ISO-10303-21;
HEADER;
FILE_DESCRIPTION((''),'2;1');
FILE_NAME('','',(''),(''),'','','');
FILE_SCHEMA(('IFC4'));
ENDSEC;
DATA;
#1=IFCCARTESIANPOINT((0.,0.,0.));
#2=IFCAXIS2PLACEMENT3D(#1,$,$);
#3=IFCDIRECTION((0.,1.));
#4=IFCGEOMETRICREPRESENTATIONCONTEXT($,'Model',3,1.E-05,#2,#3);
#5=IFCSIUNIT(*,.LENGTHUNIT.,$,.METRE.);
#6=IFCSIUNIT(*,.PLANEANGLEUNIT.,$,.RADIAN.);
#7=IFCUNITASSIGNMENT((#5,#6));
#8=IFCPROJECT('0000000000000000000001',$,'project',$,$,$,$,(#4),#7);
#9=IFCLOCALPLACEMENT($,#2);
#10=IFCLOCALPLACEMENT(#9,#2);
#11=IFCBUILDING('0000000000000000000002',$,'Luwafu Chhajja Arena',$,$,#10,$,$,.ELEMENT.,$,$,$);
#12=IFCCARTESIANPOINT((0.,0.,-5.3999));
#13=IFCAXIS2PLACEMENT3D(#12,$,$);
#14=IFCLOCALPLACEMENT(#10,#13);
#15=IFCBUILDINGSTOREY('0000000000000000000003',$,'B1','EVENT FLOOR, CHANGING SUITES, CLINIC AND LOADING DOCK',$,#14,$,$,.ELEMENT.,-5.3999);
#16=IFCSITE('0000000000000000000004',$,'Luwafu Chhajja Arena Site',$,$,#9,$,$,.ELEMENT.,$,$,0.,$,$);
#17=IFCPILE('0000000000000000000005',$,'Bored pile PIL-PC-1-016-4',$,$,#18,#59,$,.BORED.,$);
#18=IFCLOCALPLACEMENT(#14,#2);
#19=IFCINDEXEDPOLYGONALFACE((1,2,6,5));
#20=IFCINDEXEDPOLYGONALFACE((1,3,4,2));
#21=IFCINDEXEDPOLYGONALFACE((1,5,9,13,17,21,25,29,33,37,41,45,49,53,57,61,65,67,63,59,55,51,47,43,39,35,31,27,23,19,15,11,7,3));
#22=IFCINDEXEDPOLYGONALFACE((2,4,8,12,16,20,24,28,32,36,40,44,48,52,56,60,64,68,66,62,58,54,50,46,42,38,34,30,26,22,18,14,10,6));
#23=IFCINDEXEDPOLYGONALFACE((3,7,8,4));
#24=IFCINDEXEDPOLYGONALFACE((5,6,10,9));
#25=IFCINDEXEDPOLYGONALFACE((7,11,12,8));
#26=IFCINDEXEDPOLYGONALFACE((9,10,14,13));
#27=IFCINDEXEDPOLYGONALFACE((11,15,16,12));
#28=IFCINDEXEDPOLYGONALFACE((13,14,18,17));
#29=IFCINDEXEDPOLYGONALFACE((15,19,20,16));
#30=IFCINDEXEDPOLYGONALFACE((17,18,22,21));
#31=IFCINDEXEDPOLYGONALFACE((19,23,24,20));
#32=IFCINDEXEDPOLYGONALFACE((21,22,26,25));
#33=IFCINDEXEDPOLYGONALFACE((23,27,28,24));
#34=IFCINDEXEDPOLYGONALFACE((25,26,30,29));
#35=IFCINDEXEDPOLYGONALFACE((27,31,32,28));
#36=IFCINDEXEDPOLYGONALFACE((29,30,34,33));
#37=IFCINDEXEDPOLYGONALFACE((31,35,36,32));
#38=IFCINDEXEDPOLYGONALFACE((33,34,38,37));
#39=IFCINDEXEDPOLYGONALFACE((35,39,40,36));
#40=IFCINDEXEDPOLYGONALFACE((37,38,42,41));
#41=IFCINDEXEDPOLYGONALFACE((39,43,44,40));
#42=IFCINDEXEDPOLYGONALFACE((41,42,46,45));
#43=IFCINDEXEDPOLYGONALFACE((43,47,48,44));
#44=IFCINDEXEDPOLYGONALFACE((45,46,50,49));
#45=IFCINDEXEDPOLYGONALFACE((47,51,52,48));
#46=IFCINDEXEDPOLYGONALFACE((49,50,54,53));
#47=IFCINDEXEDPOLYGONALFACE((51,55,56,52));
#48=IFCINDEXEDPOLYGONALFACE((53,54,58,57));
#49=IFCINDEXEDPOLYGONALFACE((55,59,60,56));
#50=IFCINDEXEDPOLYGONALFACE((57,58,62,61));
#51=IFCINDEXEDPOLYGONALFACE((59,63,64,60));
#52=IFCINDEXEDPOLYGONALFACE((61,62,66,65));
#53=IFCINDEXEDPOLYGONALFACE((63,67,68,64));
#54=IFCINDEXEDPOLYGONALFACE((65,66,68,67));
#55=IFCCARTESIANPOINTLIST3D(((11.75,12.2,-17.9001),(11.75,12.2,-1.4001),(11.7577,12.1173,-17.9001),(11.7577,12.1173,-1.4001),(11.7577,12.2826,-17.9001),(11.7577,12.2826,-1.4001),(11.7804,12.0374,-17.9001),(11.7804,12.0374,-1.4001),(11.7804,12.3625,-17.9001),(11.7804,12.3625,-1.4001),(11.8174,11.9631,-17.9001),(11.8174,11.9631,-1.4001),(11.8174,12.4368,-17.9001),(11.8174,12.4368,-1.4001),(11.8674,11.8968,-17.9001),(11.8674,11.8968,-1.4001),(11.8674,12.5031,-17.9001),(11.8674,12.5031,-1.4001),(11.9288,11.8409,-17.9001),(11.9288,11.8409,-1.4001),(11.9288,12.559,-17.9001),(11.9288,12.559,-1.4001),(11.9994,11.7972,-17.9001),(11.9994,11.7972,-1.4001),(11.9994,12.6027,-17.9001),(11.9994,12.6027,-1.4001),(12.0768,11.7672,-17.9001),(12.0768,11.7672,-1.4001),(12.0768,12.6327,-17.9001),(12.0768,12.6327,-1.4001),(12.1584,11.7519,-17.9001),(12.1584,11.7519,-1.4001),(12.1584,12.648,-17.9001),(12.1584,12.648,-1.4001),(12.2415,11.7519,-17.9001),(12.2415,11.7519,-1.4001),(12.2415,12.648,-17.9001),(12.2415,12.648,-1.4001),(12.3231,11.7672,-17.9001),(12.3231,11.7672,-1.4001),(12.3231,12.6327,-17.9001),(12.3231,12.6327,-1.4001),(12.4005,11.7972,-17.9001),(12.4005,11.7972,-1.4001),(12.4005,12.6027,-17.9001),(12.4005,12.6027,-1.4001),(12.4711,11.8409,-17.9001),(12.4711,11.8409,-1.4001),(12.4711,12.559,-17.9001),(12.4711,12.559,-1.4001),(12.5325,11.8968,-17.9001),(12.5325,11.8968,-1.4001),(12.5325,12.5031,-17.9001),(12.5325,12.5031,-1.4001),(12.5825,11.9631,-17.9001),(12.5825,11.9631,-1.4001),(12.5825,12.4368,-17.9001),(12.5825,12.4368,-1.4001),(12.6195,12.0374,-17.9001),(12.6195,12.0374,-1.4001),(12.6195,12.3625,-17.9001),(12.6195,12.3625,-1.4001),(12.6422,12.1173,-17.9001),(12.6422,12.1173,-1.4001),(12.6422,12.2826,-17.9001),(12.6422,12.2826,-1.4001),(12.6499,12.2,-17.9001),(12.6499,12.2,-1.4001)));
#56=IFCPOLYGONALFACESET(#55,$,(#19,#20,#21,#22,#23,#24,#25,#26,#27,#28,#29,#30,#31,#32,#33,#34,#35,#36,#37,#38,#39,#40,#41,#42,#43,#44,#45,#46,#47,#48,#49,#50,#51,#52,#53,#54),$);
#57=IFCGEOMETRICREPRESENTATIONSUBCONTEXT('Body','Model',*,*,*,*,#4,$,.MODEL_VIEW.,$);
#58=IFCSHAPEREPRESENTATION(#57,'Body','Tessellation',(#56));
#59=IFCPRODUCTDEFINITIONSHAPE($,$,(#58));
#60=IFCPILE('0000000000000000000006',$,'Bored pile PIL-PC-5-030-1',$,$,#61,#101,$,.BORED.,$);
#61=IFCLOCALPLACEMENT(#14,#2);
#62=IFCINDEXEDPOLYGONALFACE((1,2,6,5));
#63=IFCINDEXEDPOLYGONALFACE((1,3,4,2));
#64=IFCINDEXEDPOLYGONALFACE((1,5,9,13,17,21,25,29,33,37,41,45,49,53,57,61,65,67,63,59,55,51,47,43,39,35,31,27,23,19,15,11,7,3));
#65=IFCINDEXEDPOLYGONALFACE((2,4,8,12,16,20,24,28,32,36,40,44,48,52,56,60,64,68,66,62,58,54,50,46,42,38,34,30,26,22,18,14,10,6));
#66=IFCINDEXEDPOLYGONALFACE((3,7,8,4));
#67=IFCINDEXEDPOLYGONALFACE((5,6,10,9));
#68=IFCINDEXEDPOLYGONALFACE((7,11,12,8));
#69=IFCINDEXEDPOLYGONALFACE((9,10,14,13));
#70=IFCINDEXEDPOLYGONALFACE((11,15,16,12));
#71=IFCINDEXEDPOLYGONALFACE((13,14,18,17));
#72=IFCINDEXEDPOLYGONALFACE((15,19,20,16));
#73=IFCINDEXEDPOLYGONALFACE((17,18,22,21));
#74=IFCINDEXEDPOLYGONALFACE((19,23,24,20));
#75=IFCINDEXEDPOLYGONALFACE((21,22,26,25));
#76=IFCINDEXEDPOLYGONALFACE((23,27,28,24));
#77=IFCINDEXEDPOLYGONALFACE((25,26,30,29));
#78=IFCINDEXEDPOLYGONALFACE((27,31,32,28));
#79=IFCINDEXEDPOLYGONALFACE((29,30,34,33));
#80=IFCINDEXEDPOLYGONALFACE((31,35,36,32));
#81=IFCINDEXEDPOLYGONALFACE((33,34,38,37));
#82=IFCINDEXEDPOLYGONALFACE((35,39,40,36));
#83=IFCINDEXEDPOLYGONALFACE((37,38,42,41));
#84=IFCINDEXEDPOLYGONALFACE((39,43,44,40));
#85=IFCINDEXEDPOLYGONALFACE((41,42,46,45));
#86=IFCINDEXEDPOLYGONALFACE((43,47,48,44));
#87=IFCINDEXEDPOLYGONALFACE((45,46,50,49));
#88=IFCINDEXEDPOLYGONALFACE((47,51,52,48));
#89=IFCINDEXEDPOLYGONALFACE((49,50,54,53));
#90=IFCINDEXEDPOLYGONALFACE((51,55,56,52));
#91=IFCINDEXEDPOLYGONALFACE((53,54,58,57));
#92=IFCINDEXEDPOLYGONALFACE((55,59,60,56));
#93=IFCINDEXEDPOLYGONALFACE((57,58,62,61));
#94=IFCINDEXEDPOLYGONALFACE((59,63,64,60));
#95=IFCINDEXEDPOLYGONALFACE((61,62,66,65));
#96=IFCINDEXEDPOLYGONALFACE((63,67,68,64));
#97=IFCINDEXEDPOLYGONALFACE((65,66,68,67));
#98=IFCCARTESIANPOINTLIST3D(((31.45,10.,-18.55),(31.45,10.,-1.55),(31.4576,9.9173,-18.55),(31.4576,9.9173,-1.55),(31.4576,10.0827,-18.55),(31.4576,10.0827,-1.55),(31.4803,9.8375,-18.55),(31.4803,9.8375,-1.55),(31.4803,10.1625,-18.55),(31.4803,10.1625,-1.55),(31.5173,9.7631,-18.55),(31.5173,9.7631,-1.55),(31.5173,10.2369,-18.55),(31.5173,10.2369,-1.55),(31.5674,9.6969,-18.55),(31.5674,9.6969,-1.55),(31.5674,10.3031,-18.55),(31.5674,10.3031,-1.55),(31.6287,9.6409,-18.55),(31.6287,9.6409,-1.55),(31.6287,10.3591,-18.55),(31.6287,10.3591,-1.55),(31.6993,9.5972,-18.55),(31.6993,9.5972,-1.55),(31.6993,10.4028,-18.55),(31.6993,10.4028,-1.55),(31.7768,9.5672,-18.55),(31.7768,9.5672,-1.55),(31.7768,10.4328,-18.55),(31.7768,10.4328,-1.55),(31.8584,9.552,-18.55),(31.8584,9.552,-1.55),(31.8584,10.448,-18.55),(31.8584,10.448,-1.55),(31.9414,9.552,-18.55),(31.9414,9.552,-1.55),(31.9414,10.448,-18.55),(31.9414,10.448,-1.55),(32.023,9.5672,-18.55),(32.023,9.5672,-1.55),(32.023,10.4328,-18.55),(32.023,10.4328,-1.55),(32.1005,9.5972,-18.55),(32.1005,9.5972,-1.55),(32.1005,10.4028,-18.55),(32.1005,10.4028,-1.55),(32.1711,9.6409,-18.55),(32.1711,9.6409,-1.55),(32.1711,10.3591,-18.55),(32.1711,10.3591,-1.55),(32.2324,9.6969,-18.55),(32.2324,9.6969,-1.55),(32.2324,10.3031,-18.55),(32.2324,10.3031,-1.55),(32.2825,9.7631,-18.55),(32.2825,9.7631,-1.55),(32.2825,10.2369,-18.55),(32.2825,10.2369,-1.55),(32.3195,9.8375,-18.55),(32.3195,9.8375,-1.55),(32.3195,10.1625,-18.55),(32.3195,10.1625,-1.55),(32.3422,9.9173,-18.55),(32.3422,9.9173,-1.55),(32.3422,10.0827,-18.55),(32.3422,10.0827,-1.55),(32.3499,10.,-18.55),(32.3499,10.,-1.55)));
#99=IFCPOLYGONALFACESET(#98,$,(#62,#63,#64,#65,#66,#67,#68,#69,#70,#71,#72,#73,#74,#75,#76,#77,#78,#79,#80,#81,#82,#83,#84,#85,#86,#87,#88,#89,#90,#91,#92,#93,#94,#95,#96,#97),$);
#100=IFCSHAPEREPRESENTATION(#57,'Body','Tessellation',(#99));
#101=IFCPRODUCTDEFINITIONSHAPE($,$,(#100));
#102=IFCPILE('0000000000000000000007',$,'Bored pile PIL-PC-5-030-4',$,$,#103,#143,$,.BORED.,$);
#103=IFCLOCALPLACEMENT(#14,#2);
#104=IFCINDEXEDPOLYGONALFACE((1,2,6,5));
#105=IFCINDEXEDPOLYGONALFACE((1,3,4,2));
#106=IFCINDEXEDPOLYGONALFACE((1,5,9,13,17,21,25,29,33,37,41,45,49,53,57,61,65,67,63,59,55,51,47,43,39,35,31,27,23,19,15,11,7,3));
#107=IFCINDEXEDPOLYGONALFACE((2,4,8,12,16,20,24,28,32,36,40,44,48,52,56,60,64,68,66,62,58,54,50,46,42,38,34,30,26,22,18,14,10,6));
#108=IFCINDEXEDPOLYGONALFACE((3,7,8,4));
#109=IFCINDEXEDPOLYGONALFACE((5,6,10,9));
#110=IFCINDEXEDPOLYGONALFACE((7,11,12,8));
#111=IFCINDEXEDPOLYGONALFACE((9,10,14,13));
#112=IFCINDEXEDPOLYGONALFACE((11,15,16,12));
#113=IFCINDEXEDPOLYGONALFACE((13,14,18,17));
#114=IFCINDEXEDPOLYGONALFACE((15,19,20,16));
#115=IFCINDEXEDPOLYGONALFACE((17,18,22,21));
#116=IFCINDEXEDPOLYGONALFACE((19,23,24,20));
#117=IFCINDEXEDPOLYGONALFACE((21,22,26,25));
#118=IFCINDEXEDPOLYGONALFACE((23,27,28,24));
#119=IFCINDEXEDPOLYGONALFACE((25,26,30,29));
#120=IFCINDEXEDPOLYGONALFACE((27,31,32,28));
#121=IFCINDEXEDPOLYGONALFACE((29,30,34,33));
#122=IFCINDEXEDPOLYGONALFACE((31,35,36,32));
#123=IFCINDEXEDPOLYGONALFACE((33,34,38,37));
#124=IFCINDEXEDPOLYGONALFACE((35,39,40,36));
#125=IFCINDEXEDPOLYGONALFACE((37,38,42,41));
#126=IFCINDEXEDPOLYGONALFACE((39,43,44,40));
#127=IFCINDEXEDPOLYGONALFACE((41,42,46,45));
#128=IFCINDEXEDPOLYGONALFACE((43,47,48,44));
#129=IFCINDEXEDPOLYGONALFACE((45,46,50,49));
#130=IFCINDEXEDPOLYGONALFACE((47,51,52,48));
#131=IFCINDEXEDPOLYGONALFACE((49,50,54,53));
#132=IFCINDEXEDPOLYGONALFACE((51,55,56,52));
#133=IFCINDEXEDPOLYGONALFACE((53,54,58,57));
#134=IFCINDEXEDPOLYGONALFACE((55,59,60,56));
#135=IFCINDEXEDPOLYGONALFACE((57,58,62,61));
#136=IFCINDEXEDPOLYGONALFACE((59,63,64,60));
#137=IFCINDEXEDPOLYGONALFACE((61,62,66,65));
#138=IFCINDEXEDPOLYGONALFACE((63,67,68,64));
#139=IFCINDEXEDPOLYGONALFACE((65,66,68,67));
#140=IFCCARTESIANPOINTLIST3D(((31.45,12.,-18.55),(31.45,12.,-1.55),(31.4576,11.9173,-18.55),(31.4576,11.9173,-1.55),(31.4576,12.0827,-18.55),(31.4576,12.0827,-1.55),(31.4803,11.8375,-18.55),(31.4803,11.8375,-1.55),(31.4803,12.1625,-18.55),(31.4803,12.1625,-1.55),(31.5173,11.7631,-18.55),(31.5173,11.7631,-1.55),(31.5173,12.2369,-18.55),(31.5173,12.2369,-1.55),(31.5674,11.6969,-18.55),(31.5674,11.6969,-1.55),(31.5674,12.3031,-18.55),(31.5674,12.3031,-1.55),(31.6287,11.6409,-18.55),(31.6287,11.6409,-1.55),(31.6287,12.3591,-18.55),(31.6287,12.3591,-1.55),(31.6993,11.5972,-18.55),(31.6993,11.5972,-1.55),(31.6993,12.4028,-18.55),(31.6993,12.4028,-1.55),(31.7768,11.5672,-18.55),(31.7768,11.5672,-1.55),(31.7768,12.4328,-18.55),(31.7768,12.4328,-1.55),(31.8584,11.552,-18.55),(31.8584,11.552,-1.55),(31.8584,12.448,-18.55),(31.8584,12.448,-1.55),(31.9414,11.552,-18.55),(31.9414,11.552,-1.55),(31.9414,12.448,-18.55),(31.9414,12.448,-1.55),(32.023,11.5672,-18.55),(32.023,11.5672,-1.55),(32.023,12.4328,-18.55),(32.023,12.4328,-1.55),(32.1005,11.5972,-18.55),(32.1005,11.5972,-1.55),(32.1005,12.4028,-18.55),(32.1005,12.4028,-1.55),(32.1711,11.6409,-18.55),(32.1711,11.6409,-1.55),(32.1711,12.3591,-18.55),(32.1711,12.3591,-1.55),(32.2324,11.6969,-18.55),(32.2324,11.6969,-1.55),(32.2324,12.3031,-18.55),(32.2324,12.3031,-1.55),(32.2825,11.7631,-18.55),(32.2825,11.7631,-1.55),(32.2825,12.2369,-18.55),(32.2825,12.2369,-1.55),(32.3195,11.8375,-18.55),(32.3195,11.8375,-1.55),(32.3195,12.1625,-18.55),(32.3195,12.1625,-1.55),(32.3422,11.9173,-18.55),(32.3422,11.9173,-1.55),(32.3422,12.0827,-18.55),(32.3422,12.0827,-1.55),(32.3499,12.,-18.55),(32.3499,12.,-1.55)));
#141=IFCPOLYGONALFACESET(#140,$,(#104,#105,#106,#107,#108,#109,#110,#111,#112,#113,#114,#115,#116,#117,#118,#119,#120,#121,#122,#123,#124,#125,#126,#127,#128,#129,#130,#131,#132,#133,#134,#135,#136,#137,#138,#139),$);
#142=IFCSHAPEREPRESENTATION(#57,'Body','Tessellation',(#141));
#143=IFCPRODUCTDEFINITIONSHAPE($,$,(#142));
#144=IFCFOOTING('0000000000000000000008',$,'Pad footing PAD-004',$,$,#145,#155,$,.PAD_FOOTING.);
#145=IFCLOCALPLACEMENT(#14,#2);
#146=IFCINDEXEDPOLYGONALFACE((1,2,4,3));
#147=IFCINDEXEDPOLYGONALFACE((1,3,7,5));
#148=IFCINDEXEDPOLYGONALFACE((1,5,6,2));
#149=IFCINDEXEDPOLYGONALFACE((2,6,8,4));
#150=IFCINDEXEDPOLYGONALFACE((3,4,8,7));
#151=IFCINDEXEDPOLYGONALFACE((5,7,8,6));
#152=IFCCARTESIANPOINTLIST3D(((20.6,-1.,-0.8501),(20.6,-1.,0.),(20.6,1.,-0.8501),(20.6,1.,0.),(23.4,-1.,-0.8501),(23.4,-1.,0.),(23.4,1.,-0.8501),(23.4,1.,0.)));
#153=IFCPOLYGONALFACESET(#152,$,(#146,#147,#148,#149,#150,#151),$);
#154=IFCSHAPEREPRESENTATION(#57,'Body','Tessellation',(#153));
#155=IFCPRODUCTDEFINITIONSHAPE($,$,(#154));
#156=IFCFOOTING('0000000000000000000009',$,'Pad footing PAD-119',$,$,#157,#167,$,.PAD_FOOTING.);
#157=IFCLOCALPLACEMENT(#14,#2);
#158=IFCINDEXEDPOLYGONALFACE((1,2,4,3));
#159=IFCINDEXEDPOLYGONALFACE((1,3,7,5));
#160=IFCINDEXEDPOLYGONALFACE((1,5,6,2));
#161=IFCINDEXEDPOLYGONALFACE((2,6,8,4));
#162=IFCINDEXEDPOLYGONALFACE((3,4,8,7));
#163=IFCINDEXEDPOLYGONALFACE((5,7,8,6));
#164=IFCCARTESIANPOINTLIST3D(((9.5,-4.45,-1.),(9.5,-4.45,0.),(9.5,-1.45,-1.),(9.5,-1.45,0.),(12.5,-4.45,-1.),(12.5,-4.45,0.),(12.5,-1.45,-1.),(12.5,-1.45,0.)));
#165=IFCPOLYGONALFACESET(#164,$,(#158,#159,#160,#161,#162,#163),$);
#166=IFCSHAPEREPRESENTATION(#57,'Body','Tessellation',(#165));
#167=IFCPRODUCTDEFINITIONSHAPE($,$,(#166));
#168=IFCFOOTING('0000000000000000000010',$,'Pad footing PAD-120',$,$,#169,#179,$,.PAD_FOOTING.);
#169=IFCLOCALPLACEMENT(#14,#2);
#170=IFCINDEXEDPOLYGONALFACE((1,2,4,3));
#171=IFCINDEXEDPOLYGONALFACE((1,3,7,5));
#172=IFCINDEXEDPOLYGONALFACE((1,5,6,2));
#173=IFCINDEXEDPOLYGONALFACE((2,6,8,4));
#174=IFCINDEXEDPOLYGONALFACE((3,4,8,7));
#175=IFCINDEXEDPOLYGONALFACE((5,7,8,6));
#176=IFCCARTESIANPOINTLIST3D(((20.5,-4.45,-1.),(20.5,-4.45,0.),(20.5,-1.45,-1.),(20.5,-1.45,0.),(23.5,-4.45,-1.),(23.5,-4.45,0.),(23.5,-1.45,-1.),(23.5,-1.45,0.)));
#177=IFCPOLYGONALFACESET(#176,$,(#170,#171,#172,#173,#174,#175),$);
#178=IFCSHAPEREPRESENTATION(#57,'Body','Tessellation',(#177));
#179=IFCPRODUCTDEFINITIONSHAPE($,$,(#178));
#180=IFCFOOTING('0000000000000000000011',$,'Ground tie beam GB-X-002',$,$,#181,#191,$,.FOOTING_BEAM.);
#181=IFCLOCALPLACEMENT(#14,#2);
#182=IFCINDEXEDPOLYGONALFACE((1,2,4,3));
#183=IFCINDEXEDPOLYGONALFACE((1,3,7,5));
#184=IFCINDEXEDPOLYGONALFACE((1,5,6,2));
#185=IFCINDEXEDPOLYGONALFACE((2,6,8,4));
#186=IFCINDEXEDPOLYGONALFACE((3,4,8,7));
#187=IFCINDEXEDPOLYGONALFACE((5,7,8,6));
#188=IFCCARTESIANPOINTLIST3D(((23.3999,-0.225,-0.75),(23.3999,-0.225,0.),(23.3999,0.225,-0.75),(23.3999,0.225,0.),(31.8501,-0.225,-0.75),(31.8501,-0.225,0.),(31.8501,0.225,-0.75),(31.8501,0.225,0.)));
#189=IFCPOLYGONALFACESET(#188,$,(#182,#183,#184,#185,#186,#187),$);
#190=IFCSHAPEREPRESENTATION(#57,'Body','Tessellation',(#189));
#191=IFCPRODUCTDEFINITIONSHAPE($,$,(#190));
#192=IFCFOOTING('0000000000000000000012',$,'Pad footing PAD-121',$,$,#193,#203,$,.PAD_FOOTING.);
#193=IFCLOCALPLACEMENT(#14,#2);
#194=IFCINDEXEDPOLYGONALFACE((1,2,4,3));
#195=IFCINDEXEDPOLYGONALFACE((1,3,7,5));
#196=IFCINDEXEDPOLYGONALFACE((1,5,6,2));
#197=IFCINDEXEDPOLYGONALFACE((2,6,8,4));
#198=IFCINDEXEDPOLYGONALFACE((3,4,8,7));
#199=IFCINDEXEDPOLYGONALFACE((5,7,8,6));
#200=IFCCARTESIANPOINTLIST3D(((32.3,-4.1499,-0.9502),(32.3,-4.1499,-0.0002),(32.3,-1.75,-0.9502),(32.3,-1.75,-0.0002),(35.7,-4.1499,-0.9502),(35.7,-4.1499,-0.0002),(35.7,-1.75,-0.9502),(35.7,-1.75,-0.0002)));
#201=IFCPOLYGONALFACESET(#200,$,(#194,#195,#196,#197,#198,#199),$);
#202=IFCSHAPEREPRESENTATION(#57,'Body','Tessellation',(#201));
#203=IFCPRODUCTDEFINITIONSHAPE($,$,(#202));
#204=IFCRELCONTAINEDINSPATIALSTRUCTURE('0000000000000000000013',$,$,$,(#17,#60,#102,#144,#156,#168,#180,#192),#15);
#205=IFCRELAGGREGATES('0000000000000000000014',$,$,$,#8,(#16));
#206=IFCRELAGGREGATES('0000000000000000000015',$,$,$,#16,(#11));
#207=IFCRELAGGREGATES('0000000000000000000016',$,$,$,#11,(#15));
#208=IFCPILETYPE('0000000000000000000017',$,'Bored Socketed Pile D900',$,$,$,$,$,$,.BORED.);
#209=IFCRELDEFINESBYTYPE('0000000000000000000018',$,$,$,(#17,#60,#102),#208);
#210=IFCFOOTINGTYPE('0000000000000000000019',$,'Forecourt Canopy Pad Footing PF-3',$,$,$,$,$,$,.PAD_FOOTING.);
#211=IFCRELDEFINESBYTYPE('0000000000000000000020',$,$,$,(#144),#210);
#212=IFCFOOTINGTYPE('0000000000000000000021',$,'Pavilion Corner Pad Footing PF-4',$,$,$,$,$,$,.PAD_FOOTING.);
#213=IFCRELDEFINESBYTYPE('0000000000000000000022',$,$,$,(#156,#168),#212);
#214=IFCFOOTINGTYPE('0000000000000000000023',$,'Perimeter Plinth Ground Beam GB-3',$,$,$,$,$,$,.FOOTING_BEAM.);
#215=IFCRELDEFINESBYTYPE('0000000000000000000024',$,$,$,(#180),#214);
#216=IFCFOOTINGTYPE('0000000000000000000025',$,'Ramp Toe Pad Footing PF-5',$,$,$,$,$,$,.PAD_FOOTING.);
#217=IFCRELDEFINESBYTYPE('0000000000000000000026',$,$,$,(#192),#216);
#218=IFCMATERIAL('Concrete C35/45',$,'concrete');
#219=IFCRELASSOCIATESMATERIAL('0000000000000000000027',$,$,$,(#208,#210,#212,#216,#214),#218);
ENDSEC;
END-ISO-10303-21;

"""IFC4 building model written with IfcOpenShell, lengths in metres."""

from ifc_helpers import new_model, si_unit, direction, frame, origin, origin_2d, place, context, subcontext, project, spatial, rectangle, circle, extrude, material, material_profile, profile_set, type_object, element, save


model = new_model("IFC4")

# Units and contexts
model_context = context("Model", 3, precision=1e-05, world=origin(), true_north=direction((0.0, 1.0)))
body_context = subcontext(model_context, "Body", "Model", "MODEL_VIEW")
ifc_project = project(units=[si_unit("LENGTHUNIT", "METRE"), si_unit("PLANEANGLEUNIT", "RADIAN")], contexts=[model_context])

# Site, building, storey
site_placement = place(None, origin())
site = spatial("IfcSite", under=ifc_project, at=site_placement, Name="Luwafu Chhajja Arena Site", CompositionType="ELEMENT", RefElevation=0.0)
building_placement = place(site_placement, origin())
building = spatial("IfcBuilding", under=site, at=building_placement, Name="Luwafu Chhajja Arena", CompositionType="ELEMENT")
storey_placement = place(building_placement, frame((0.0, 0.0, -5.3999)))
storey = spatial("IfcBuildingStorey", under=building, at=storey_placement, Name="B1", Description="EVENT FLOOR, CHANGING SUITES, CLINIC AND LOADING DOCK", CompositionType="ELEMENT", Elevation=-5.3999)

# Shared definitions
ifc_material_1 = material(Name="Concrete C35/45", Category="concrete")

# Piles
ifc_material_profile_1 = material_profile(ifc_material_1, circle(Radius=0.45, at=origin_2d()), Name="PILE D900")
ifc_profile_set_1 = profile_set([ifc_material_profile_1], Name="Concrete C35/45")
pile_type_1 = type_object("IfcPileType", Name="Bored Socketed Pile D900", PredefinedType="BORED", material=ifc_profile_set_1)
for number, where, z_axis, x_axis, name in (
    (1, (12.2, 12.2, -1.4001), (0.0, 0.0, -1.0), (1.0, 0.0, 0.0), "Bored pile PIL-PC-1-016-4"),
):
    element("IfcPile", number, at=place(storey_placement, frame(where, z_axis=z_axis, x_axis=x_axis)), inside=storey, type_object=pile_type_1, Name=name, PredefinedType="BORED", context=body_context, shape_type="SweptSolid", body=[
        extrude(circle(Radius=0.45, at=origin_2d()), origin(), (0.0, 0.0, 1.0), 16.5),
    ])
for number, where, z_axis, x_axis, name in (
    (2, (31.8999, 10.0, -1.55), (0.0, 0.0, -1.0), (1.0, 0.0, 0.0), "Bored pile PIL-PC-5-030-1"),
    (3, (31.8999, 12.0, -1.55), (0.0, 0.0, -1.0), (1.0, 0.0, 0.0), "Bored pile PIL-PC-5-030-4"),
):
    element("IfcPile", number, at=place(storey_placement, frame(where, z_axis=z_axis, x_axis=x_axis)), inside=storey, type_object=pile_type_1, Name=name, PredefinedType="BORED", context=body_context, shape_type="SweptSolid", body=[
        extrude(circle(Radius=0.45, at=origin_2d()), origin(), (0.0, 0.0, 1.0), 17.0),
    ])

# Footings
footing_type_1 = type_object("IfcFootingType", Name="Forecourt Canopy Pad Footing PF-3", PredefinedType="PAD_FOOTING", material=ifc_material_1)
footing_1_placement = place(storey_placement, frame((22.0, 0.0, -0.8501), z_axis=(0.0, 0.0, 1.0), x_axis=(1.0, 0.0, 0.0)))
element("IfcFooting", 4, at=footing_1_placement, inside=storey, type_object=footing_type_1, Name="Pad footing PAD-004", PredefinedType="PAD_FOOTING", context=body_context, shape_type="SweptSolid", body=[
    extrude(rectangle(XDim=2.8, YDim=2.0, at=origin_2d()), origin(), (0.0, 0.0, 1.0), 0.8501),
])
footing_type_2 = type_object("IfcFootingType", Name="Pavilion Corner Pad Footing PF-4", PredefinedType="PAD_FOOTING", material=ifc_material_1)
for number, where, z_axis, x_axis, name in (
    (5, (11.0, -2.95, -1.0), (0.0, 0.0, 1.0), (1.0, 0.0, 0.0), "Pad footing PAD-119"),
    (6, (22.0, -2.95, -1.0), (0.0, 0.0, 1.0), (1.0, 0.0, 0.0), "Pad footing PAD-120"),
):
    element("IfcFooting", number, at=place(storey_placement, frame(where, z_axis=z_axis, x_axis=x_axis)), inside=storey, type_object=footing_type_2, Name=name, PredefinedType="PAD_FOOTING", context=body_context, shape_type="SweptSolid", body=[
        extrude(rectangle(XDim=3.0, YDim=3.0, at=origin_2d()), origin(), (0.0, 0.0, 1.0), 1.0),
    ])
ifc_material_profile_2 = material_profile(ifc_material_1, rectangle(XDim=0.45, YDim=0.75, at=origin_2d()), Name="RC 450x750")
ifc_profile_set_2 = profile_set([ifc_material_profile_2], Name="Concrete C35/45")
footing_type_3 = type_object("IfcFootingType", Name="Perimeter Plinth Ground Beam GB-3", PredefinedType="FOOTING_BEAM", material=ifc_profile_set_2)
footing_2_placement = place(storey_placement, frame((23.3999, 0.0, -0.375), z_axis=(1.0, 0.0, 0.0), x_axis=(0.0, 1.0, 0.0)))
element("IfcFooting", 7, at=footing_2_placement, inside=storey, type_object=footing_type_3, Name="Ground tie beam GB-X-002", PredefinedType="FOOTING_BEAM", context=body_context, shape_type="SweptSolid", body=[
    extrude(rectangle(XDim=0.45, YDim=0.75, at=origin_2d()), origin(), (0.0, 0.0, 1.0), 8.4502),
])
footing_type_4 = type_object("IfcFootingType", Name="Ramp Toe Pad Footing PF-5", PredefinedType="PAD_FOOTING", material=ifc_material_1)
footing_3_placement = place(storey_placement, frame((34.0, -2.95, -0.9502), z_axis=(0.0, 0.0, 1.0), x_axis=(1.0, 0.0, 0.0)))
element("IfcFooting", 8, at=footing_3_placement, inside=storey, type_object=footing_type_4, Name="Pad footing PAD-121", PredefinedType="PAD_FOOTING", context=body_context, shape_type="SweptSolid", body=[
    extrude(rectangle(XDim=3.3999, YDim=2.3999, at=origin_2d()), origin(), (0.0, 0.0, 1.0), 0.95),
])

save(model, "model.ifc")
